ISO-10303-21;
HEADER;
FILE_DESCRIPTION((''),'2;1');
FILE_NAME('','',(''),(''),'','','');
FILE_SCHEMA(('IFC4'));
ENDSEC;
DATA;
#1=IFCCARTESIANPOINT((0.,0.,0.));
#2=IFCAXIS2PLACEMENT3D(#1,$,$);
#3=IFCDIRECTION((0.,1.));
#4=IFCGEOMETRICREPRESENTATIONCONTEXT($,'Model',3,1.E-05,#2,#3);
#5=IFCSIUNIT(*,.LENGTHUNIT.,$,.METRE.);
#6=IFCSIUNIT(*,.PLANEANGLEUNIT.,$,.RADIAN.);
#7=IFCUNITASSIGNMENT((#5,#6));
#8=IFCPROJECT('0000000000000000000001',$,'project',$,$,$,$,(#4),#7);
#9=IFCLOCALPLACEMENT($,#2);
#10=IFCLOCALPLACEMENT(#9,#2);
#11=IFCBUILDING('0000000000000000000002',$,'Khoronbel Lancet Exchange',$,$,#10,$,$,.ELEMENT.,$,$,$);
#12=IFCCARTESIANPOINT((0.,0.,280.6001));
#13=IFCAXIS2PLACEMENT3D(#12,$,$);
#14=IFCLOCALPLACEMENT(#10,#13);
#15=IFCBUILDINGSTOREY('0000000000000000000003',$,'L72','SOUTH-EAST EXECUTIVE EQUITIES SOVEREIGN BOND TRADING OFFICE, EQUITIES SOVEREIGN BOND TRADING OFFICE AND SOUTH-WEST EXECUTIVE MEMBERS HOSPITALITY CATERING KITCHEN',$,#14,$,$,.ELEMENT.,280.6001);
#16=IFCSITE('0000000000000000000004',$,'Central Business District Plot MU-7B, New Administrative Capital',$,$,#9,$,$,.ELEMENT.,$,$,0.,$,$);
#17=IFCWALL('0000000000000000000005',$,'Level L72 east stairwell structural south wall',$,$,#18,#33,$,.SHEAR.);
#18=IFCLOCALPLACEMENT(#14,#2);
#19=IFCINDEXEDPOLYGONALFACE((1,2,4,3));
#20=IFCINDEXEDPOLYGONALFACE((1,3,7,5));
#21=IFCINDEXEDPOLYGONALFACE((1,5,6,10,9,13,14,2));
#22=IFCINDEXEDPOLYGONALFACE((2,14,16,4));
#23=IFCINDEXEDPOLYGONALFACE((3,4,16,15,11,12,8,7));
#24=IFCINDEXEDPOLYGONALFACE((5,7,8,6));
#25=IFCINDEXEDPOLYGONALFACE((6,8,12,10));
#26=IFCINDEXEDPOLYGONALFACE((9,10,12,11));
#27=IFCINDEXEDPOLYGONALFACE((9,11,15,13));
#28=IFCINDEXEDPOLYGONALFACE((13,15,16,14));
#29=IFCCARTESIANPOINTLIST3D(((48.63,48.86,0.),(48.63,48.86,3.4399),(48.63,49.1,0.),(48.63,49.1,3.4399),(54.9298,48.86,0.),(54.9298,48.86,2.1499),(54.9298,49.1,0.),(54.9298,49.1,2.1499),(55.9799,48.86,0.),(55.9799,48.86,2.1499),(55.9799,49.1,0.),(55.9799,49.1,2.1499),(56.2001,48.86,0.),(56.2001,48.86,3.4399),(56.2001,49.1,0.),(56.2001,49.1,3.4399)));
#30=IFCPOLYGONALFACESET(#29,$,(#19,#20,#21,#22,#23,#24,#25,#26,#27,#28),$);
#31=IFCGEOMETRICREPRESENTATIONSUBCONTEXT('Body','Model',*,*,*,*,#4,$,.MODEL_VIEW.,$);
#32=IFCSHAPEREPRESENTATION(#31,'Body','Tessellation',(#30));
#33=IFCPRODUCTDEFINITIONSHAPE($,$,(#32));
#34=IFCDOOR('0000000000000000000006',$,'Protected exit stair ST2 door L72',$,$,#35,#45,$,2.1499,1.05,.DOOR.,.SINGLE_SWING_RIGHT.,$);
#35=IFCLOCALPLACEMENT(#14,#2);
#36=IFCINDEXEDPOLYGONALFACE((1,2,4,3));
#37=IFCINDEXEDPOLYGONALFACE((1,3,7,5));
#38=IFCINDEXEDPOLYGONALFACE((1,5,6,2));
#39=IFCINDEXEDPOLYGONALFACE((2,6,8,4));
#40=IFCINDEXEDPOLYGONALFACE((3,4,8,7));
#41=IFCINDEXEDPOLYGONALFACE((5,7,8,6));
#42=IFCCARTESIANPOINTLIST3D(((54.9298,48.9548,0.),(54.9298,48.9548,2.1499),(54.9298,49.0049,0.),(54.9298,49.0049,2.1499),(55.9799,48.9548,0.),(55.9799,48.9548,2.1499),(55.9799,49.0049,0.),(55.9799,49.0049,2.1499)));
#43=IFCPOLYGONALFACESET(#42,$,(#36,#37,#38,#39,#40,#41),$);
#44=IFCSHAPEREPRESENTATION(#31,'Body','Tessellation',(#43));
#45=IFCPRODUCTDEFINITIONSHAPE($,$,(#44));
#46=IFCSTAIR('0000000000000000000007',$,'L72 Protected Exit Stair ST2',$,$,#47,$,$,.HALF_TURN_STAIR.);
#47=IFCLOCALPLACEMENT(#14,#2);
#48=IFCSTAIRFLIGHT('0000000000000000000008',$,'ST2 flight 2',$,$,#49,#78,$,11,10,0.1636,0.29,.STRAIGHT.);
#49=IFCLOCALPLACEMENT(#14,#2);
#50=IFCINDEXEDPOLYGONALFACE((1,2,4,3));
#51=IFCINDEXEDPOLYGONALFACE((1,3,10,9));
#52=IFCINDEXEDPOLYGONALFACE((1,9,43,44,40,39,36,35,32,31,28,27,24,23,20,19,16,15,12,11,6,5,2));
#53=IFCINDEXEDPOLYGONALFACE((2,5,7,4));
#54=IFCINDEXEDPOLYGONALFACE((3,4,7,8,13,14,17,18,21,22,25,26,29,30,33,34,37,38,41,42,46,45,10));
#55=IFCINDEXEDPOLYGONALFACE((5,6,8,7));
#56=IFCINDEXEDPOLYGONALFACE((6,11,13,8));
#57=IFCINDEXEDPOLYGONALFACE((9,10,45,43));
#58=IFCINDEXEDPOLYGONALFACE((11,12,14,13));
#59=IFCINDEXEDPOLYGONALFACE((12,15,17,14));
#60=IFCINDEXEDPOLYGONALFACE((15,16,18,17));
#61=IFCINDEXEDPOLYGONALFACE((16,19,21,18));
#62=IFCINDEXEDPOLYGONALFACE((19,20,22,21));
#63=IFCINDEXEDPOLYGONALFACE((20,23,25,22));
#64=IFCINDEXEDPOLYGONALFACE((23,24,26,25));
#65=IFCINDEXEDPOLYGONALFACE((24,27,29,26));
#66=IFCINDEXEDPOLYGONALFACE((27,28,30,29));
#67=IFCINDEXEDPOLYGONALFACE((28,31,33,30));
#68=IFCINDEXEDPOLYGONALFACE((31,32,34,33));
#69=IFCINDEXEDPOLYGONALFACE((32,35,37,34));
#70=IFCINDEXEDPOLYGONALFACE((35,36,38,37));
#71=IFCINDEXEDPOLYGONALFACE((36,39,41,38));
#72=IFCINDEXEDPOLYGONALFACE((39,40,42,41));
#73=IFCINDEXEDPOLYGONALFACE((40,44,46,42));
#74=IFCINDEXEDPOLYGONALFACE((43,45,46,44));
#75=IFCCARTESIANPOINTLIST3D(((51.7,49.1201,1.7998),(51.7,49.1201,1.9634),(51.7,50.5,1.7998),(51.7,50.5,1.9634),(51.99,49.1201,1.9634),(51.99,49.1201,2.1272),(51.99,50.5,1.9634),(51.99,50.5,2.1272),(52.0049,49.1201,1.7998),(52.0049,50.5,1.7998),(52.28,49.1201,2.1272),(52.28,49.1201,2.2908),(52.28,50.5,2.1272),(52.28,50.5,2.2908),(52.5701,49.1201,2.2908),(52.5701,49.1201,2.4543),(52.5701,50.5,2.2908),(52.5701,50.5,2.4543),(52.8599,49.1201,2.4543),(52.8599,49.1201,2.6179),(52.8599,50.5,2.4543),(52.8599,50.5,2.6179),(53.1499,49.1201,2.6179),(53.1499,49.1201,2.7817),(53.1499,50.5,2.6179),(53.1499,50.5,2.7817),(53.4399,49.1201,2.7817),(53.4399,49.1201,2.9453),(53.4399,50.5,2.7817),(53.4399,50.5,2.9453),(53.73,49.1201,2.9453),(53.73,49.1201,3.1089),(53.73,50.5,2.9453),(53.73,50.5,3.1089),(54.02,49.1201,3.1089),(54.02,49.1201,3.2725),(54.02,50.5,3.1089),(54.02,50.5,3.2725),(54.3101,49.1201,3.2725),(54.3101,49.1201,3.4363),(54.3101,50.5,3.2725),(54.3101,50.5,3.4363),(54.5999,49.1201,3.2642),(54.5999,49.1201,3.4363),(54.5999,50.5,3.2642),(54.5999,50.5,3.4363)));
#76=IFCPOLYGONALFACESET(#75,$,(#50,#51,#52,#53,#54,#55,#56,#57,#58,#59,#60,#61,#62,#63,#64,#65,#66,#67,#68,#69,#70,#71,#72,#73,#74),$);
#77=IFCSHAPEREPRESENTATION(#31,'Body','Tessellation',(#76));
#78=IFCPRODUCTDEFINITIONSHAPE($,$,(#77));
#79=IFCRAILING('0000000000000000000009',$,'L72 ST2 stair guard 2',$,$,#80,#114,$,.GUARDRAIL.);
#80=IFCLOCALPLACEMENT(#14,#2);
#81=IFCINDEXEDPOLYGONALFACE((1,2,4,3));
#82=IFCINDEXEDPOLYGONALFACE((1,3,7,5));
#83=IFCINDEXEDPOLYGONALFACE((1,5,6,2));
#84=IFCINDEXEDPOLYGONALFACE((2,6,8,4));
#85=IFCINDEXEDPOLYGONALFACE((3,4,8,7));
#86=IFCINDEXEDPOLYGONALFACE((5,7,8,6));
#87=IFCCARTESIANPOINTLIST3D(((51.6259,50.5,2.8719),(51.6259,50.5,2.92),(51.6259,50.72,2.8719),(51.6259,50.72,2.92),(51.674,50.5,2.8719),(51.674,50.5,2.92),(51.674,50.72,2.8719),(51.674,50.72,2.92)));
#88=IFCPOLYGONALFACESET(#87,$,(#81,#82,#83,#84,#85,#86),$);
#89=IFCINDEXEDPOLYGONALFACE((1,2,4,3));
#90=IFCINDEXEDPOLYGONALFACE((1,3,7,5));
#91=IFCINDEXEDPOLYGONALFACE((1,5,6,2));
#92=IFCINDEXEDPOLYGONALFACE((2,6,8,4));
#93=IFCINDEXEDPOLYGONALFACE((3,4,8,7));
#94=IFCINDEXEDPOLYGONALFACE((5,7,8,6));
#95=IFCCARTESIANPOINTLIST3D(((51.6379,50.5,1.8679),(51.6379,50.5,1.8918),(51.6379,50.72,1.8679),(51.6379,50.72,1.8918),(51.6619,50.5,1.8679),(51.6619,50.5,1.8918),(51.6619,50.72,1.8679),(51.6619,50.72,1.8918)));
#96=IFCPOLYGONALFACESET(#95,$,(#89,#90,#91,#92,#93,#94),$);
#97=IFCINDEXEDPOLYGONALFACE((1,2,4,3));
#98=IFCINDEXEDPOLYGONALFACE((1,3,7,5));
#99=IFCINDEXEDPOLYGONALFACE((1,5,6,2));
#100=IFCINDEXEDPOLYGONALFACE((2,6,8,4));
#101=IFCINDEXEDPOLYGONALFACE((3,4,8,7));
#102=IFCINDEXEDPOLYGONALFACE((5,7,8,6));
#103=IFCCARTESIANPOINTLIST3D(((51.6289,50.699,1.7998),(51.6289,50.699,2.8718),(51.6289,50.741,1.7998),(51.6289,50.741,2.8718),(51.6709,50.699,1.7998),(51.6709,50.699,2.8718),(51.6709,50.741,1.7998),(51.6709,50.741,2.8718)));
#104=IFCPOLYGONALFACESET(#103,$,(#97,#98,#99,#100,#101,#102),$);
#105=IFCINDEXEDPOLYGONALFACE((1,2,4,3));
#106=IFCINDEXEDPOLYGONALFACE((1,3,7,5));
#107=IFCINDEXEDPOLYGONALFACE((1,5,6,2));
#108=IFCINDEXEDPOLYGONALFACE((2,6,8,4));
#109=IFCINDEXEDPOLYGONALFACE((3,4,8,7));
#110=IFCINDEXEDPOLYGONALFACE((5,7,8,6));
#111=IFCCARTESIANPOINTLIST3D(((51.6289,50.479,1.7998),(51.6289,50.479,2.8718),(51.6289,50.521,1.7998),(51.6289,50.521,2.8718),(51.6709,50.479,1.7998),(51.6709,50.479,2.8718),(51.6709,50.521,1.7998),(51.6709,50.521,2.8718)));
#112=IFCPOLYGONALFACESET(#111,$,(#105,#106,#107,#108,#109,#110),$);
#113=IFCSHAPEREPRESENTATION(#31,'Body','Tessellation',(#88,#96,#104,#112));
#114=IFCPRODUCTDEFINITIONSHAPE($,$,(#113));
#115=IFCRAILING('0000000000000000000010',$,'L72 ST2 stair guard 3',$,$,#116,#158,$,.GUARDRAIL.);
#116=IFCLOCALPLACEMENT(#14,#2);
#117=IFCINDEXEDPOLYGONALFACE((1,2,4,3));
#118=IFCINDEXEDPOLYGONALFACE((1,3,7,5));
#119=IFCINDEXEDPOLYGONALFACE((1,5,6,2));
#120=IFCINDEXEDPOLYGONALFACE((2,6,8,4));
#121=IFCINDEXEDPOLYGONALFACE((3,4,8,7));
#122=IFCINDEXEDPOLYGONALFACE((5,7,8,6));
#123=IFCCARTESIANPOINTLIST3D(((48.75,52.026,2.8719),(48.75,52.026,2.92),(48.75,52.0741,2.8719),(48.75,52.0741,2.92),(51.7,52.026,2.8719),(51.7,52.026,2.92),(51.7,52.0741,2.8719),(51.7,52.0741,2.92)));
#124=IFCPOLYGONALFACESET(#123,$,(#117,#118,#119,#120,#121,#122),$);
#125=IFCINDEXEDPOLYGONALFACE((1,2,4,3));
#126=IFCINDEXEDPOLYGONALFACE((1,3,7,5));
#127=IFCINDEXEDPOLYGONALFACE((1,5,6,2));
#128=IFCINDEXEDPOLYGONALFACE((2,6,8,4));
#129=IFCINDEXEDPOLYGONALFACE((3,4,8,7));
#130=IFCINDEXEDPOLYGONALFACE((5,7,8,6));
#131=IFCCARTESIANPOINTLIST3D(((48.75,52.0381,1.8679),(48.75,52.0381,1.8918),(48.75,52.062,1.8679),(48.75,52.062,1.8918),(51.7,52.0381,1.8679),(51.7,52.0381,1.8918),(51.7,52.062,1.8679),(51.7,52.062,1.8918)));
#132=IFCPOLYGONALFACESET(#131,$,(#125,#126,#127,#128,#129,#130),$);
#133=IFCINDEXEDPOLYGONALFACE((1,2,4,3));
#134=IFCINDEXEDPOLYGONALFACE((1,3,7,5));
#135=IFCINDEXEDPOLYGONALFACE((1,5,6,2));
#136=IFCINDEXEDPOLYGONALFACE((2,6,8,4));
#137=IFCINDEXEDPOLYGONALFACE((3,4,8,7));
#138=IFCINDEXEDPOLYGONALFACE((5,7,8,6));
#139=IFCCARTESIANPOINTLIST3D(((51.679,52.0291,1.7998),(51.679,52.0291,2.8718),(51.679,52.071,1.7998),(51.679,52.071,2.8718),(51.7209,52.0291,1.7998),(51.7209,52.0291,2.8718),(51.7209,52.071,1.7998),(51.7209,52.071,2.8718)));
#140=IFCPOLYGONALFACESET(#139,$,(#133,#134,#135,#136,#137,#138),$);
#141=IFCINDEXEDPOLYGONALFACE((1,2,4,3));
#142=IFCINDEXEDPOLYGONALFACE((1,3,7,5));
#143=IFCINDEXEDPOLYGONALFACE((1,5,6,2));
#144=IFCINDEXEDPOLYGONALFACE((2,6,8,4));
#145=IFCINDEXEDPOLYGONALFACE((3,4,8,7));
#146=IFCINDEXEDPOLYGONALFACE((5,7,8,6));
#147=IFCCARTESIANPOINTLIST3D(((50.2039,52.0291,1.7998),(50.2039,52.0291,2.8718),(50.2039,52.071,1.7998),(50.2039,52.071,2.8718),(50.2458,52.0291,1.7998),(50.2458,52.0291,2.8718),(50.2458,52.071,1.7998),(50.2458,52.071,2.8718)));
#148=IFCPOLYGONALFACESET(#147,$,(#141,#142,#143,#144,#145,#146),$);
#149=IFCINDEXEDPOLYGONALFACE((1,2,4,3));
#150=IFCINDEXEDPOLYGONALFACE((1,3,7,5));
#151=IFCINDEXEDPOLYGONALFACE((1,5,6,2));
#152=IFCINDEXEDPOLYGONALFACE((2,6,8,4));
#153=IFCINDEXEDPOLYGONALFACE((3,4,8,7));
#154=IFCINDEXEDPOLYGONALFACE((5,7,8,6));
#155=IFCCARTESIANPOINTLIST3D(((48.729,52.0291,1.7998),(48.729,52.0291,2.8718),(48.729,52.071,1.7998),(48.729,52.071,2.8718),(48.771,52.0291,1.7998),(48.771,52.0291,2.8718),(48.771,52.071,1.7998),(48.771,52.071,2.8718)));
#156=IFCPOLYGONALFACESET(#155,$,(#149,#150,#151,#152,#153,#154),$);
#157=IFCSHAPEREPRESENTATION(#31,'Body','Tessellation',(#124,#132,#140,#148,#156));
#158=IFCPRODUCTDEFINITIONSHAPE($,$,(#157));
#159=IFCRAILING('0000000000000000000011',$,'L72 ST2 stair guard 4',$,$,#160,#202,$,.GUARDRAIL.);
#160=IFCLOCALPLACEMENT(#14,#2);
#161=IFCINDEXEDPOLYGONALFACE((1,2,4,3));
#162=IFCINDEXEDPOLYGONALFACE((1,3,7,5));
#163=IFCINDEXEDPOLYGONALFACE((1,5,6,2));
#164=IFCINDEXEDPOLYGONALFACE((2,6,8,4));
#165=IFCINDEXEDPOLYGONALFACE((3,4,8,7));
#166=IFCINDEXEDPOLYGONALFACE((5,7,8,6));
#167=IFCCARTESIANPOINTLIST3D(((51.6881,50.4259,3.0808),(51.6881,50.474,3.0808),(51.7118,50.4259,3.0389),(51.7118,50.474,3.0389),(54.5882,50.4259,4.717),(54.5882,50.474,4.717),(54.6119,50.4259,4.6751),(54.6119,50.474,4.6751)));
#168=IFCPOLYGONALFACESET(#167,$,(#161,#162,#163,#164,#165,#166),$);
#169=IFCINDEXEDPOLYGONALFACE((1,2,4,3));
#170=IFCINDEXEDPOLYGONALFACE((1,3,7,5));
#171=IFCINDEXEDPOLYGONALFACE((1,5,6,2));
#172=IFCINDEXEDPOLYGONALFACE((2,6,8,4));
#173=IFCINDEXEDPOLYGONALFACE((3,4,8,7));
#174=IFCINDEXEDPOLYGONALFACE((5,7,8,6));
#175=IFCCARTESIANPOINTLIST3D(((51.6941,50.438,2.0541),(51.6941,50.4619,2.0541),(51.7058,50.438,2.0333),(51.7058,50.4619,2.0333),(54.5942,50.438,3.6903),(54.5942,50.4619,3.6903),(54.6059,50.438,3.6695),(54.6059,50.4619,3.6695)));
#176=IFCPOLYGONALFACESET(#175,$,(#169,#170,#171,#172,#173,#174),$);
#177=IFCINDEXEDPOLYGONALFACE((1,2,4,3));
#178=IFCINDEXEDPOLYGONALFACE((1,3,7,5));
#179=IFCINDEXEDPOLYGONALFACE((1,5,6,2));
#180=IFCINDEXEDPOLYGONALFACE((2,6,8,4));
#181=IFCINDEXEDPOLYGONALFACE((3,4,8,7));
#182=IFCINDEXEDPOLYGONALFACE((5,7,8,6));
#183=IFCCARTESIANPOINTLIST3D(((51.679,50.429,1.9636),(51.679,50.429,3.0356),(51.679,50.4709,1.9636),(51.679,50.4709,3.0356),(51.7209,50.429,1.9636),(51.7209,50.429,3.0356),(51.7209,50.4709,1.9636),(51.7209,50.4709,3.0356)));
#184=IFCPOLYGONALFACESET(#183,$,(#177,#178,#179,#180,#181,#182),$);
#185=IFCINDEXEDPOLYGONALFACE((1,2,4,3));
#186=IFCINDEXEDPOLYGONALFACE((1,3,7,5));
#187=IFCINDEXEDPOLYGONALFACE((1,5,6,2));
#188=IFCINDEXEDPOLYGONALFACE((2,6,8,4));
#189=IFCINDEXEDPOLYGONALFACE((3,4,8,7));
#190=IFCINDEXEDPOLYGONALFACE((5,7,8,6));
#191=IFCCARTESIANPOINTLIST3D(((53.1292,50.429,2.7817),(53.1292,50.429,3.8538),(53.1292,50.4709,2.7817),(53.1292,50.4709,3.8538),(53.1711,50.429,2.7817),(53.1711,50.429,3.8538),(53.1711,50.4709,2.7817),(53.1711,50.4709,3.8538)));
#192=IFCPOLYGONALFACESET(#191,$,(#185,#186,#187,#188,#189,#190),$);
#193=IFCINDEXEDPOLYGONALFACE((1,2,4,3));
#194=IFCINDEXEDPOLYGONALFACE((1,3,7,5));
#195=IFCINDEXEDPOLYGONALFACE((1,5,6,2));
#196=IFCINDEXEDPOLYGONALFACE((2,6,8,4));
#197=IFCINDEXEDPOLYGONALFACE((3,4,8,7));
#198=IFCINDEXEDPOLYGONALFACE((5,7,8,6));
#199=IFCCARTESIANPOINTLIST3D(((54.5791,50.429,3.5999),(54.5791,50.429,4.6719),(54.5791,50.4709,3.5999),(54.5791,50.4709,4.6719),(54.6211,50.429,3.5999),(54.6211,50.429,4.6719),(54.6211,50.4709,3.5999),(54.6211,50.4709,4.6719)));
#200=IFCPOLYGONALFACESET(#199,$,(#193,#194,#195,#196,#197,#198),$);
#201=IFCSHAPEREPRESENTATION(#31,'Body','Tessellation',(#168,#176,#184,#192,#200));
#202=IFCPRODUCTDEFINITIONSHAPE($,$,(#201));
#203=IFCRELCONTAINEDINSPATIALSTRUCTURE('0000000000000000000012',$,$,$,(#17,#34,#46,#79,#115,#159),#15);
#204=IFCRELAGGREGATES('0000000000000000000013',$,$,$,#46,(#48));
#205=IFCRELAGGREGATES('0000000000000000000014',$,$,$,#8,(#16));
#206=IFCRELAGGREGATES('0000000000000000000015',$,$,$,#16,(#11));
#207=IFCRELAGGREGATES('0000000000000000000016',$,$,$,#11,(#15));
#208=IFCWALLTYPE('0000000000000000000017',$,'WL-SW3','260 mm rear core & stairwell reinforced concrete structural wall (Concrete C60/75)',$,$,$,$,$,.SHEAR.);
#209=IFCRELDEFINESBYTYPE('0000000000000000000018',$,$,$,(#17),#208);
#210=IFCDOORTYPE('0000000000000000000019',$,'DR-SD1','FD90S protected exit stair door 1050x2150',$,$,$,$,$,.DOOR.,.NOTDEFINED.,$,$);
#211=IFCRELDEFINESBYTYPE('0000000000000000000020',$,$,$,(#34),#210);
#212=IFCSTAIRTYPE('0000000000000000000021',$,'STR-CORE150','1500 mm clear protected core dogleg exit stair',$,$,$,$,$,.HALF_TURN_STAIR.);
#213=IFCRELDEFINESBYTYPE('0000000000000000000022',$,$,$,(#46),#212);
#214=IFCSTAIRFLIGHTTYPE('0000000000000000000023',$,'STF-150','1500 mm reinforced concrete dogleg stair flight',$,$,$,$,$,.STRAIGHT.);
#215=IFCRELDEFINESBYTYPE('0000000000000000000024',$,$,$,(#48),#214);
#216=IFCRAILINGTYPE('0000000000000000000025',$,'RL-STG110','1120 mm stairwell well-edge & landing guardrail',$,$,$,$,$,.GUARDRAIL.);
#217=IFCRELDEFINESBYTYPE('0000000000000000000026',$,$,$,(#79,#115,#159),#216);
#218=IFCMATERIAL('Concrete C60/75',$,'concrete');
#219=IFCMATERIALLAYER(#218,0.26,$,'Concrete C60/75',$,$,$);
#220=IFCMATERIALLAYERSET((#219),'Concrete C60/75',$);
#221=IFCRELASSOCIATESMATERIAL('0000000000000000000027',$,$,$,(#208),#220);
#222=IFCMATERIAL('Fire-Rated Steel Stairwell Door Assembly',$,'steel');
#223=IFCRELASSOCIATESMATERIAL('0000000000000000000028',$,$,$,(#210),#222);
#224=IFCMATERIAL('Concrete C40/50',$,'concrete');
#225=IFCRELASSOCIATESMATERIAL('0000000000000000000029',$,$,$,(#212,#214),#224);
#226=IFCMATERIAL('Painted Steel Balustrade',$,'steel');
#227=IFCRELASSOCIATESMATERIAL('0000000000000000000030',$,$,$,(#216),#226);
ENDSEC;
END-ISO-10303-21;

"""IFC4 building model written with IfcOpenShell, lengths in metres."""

from ifc_helpers import new_model, si_unit, direction, frame, frame_2d, origin, origin_2d, place, context, subcontext, project, spatial, polyline, rectangle, outline, extrude, material, layer, layer_set, type_object, element, fill, aggregate, save


model = new_model("IFC4")

# Units and contexts
model_context = context("Model", 3, precision=1e-05, world=origin(), true_north=direction((0.0, 1.0)))
body_context = subcontext(model_context, "Body", "Model", "MODEL_VIEW")
ifc_project = project(units=[si_unit("LENGTHUNIT", "METRE"), si_unit("PLANEANGLEUNIT", "RADIAN")], contexts=[model_context])

# Site, building, storey
site_placement = place(None, origin())
site = spatial("IfcSite", under=ifc_project, at=site_placement, Name="Central Business District Plot MU-7B, New Administrative Capital", CompositionType="ELEMENT", RefElevation=0.0)
building_placement = place(site_placement, origin())
building = spatial("IfcBuilding", under=site, at=building_placement, Name="Khoronbel Lancet Exchange", CompositionType="ELEMENT")
storey_placement = place(building_placement, frame((0.0, 0.0, 280.6001)))
storey = spatial("IfcBuildingStorey", under=building, at=storey_placement, Name="L72", Description="SOUTH-EAST EXECUTIVE EQUITIES SOVEREIGN BOND TRADING OFFICE, EQUITIES SOVEREIGN BOND TRADING OFFICE AND SOUTH-WEST EXECUTIVE MEMBERS HOSPITALITY CATERING KITCHEN", CompositionType="ELEMENT", Elevation=280.6001)

# Shared definitions
ifc_material_1 = material(Name="Concrete C60/75", Category="concrete")

# Wall, opening, door
ifc_layer_1 = layer(ifc_material_1, 0.26, Name="Concrete C60/75")
ifc_layer_set_1 = layer_set([ifc_layer_1], Name="Concrete C60/75")
wall_type_1 = type_object("IfcWallType", Name="WL-SW3", Description="260 mm rear core & stairwell reinforced concrete structural wall (Concrete C60/75)", PredefinedType="SHEAR", material=ifc_layer_set_1)
wall_1_placement = place(storey_placement, frame((48.6299, 48.98, 0.0), z_axis=(0.0, 0.0, 1.0), x_axis=(1.0, 0.0, 0.0)))
wall_1 = element("IfcWall", 1, at=wall_1_placement, inside=storey, type_object=wall_type_1, Name="Level L72 east stairwell structural south wall", PredefinedType="SHEAR", context=body_context, shape_type="SweptSolid", body=[
    extrude(rectangle(XDim=7.5701, YDim=0.24, at=frame_2d((3.7852, 0.0))), origin(), (0.0, 0.0, 1.0), 3.4399),
])
opening_1_placement = place(wall_1_placement, frame((6.3, 0.0, 0.0)))
opening_1 = element("IfcOpeningElement", 2, at=opening_1_placement, cuts=wall_1, PredefinedType="OPENING", context=body_context, shape_type="SweptSolid", body=[
    extrude(rectangle(XDim=1.05, YDim=2.1499, at=frame_2d((0.5249, 1.075))), frame((0.0, 0.1299, 0.0), z_axis=(0.0, -1.0, 0.0), x_axis=(1.0, 0.0, 0.0)), (0.0, 0.0, 1.0), 0.26),
])
ifc_material_2 = material(Name="Fire-Rated Steel Stairwell Door Assembly", Category="steel")
door_type_1 = type_object("IfcDoorType", Name="DR-SD1", Description="FD90S protected exit stair door 1050x2150", OperationType="NOTDEFINED", PredefinedType="DOOR", material=ifc_material_2)
door_1_placement = place(opening_1_placement, origin())
door_1 = element("IfcDoor", 3, at=door_1_placement, inside=storey, type_object=door_type_1, Name="Protected exit stair ST2 door L72", OperationType="SINGLE_SWING_RIGHT", OverallHeight=2.1499, OverallWidth=1.05, PredefinedType="DOOR", context=body_context, shape_type="SweptSolid", body=[
    extrude(rectangle(XDim=1.05, YDim=2.1499, at=frame_2d((0.5249, 1.075))), frame((0.0, 0.0249, 0.0), z_axis=(0.0, -1.0, 0.0), x_axis=(1.0, 0.0, 0.0)), (0.0, 0.0, 1.0), 0.05),
])
fill(opening_1, door_1)

# Stair, stair flight
ifc_material_3 = material(Name="Concrete C40/50", Category="concrete")
stair_type = type_object("IfcStairType", Name="STR-CORE150", Description="1500 mm clear protected core dogleg exit stair", PredefinedType="HALF_TURN_STAIR", material=ifc_material_3)
stair_placement = place(storey_placement, origin())
stair = element("IfcStair", 4, at=stair_placement, inside=storey, type_object=stair_type, Name="L72 Protected Exit Stair ST2", PredefinedType="HALF_TURN_STAIR")
stair_flight_type = type_object("IfcStairFlightType", Name="STF-150", Description="1500 mm reinforced concrete dogleg stair flight", PredefinedType="STRAIGHT", material=ifc_material_3)
stair_flight_placement = place(storey_placement, frame((51.7, 49.8101, 1.7998), z_axis=(0.0, 0.0, 1.0), x_axis=(1.0, 0.0, 0.0)))
stair_flight = element("IfcStairFlight", 5, at=stair_flight_placement, type_object=stair_flight_type, Name="ST2 flight 2", NumberOfRisers=11, NumberOfTreads=10, PredefinedType="STRAIGHT", RiserHeight=0.1636, TreadLength=0.29, context=body_context, shape_type="SweptSolid", body=[
    extrude(outline(polyline([(0.0, 0.0), (0.0, 0.1636), (0.29, 0.1636), (0.29, 0.3274), (0.5801, 0.3274), (0.5801, 0.491), (0.8701, 0.491), (0.8701, 0.6545), (1.1599, 0.6545), (1.1599, 0.8181), (1.45, 0.8181), (1.45, 0.9819), (1.74, 0.9819), (1.74, 1.1455), (2.03, 1.1455), (2.03, 1.3091), (2.3201, 1.3091), (2.3201, 1.4727), (2.6101, 1.4727), (2.6101, 1.6365), (2.8999, 1.6365), (2.8999, 1.8), (2.8999, 1.4644), (0.3049, 0.0), (0.0, 0.0)])), frame((0.0, 0.6899, 0.0), z_axis=(0.0, -1.0, 0.0), x_axis=(1.0, 0.0, 0.0)), (0.0, 0.0, 1.0), 1.3799),
])
aggregate(stair, [stair_flight])

# Railings
ifc_material_4 = material(Name="Painted Steel Balustrade", Category="steel")
railing_type_1 = type_object("IfcRailingType", Name="RL-STG110", Description="1120 mm stairwell well-edge & landing guardrail", PredefinedType="GUARDRAIL", material=ifc_material_4)
railing_1_placement = place(storey_placement, frame((51.6499, 50.72, 1.7998)))
element("IfcRailing", 6, at=railing_1_placement, inside=storey, type_object=railing_type_1, Name="L72 ST2 stair guard 2", PredefinedType="GUARDRAIL", context=body_context, shape_type="SweptSolid", body=[
    extrude(rectangle(XDim=0.0481, YDim=0.0481, at=origin_2d()), frame((0.0, 0.0, 1.0962), z_axis=(0.0, -1.0, 0.0), x_axis=(1.0, 0.0, 0.0)), (0.0, 0.0, 1.0), 0.22),
    extrude(rectangle(XDim=0.0239, YDim=0.0239, at=origin_2d()), frame((0.0, 0.0, 0.0801), z_axis=(0.0, -1.0, 0.0), x_axis=(1.0, 0.0, 0.0)), (0.0, 0.0, 1.0), 0.22),
    extrude(rectangle(XDim=0.042, YDim=0.042, at=origin_2d()), origin(), (0.0, 0.0, 1.0), 1.072),
    extrude(rectangle(XDim=0.042, YDim=0.042, at=origin_2d()), frame((0.0, -0.22, 0.0)), (0.0, 0.0, 1.0), 1.072),
])
railing_2_placement = place(storey_placement, frame((51.7, 52.05, 1.7998)))
element("IfcRailing", 7, at=railing_2_placement, inside=storey, type_object=railing_type_1, Name="L72 ST2 stair guard 3", PredefinedType="GUARDRAIL", context=body_context, shape_type="SweptSolid", body=[
    extrude(rectangle(XDim=0.0481, YDim=0.0481, at=origin_2d()), frame((0.0, 0.0, 1.0962), z_axis=(-1.0, 0.0, 0.0), x_axis=(0.0, -1.0, 0.0)), (0.0, 0.0, 1.0), 2.95),
    extrude(rectangle(XDim=0.0239, YDim=0.0239, at=origin_2d()), frame((0.0, 0.0, 0.0801), z_axis=(-1.0, 0.0, 0.0), x_axis=(0.0, -1.0, 0.0)), (0.0, 0.0, 1.0), 2.95),
    extrude(rectangle(XDim=0.042, YDim=0.042, at=origin_2d()), origin(), (0.0, 0.0, 1.0), 1.072),
    extrude(rectangle(XDim=0.042, YDim=0.042, at=origin_2d()), frame((-1.4751, 0.0, 0.0)), (0.0, 0.0, 1.0), 1.072),
    extrude(rectangle(XDim=0.042, YDim=0.042, at=origin_2d()), frame((-2.95, 0.0, 0.0)), (0.0, 0.0, 1.0), 1.072),
])
railing_3_placement = place(storey_placement, frame((51.7, 50.45, 1.9636)))
element("IfcRailing", 8, at=railing_3_placement, inside=storey, type_object=railing_type_1, Name="L72 ST2 stair guard 4", PredefinedType="GUARDRAIL", context=body_context, shape_type="SweptSolid", body=[
    extrude(rectangle(XDim=0.0481, YDim=0.0481, at=origin_2d()), frame((0.0, 0.0, 1.0962), z_axis=(0.870946, 0.0, 0.491378), x_axis=(0.0, 1.0, 0.0)), (0.0, 0.0, 1.0), 3.3298),
    extrude(rectangle(XDim=0.0239, YDim=0.0239, at=origin_2d()), frame((0.0, 0.0, 0.0801), z_axis=(0.870946, 0.0, 0.491378), x_axis=(0.0, 1.0, 0.0)), (0.0, 0.0, 1.0), 3.3298),
    extrude(rectangle(XDim=0.042, YDim=0.042, at=origin_2d()), origin(), (0.0, 0.0, 1.0), 1.072),
    extrude(rectangle(XDim=0.042, YDim=0.042, at=origin_2d()), frame((1.4502, 0.0, 0.8181)), (0.0, 0.0, 1.0), 1.072),
    extrude(rectangle(XDim=0.042, YDim=0.042, at=origin_2d()), frame((2.9001, 0.0, 1.6362)), (0.0, 0.0, 1.0), 1.072),
])

save(model, "model.ifc")
